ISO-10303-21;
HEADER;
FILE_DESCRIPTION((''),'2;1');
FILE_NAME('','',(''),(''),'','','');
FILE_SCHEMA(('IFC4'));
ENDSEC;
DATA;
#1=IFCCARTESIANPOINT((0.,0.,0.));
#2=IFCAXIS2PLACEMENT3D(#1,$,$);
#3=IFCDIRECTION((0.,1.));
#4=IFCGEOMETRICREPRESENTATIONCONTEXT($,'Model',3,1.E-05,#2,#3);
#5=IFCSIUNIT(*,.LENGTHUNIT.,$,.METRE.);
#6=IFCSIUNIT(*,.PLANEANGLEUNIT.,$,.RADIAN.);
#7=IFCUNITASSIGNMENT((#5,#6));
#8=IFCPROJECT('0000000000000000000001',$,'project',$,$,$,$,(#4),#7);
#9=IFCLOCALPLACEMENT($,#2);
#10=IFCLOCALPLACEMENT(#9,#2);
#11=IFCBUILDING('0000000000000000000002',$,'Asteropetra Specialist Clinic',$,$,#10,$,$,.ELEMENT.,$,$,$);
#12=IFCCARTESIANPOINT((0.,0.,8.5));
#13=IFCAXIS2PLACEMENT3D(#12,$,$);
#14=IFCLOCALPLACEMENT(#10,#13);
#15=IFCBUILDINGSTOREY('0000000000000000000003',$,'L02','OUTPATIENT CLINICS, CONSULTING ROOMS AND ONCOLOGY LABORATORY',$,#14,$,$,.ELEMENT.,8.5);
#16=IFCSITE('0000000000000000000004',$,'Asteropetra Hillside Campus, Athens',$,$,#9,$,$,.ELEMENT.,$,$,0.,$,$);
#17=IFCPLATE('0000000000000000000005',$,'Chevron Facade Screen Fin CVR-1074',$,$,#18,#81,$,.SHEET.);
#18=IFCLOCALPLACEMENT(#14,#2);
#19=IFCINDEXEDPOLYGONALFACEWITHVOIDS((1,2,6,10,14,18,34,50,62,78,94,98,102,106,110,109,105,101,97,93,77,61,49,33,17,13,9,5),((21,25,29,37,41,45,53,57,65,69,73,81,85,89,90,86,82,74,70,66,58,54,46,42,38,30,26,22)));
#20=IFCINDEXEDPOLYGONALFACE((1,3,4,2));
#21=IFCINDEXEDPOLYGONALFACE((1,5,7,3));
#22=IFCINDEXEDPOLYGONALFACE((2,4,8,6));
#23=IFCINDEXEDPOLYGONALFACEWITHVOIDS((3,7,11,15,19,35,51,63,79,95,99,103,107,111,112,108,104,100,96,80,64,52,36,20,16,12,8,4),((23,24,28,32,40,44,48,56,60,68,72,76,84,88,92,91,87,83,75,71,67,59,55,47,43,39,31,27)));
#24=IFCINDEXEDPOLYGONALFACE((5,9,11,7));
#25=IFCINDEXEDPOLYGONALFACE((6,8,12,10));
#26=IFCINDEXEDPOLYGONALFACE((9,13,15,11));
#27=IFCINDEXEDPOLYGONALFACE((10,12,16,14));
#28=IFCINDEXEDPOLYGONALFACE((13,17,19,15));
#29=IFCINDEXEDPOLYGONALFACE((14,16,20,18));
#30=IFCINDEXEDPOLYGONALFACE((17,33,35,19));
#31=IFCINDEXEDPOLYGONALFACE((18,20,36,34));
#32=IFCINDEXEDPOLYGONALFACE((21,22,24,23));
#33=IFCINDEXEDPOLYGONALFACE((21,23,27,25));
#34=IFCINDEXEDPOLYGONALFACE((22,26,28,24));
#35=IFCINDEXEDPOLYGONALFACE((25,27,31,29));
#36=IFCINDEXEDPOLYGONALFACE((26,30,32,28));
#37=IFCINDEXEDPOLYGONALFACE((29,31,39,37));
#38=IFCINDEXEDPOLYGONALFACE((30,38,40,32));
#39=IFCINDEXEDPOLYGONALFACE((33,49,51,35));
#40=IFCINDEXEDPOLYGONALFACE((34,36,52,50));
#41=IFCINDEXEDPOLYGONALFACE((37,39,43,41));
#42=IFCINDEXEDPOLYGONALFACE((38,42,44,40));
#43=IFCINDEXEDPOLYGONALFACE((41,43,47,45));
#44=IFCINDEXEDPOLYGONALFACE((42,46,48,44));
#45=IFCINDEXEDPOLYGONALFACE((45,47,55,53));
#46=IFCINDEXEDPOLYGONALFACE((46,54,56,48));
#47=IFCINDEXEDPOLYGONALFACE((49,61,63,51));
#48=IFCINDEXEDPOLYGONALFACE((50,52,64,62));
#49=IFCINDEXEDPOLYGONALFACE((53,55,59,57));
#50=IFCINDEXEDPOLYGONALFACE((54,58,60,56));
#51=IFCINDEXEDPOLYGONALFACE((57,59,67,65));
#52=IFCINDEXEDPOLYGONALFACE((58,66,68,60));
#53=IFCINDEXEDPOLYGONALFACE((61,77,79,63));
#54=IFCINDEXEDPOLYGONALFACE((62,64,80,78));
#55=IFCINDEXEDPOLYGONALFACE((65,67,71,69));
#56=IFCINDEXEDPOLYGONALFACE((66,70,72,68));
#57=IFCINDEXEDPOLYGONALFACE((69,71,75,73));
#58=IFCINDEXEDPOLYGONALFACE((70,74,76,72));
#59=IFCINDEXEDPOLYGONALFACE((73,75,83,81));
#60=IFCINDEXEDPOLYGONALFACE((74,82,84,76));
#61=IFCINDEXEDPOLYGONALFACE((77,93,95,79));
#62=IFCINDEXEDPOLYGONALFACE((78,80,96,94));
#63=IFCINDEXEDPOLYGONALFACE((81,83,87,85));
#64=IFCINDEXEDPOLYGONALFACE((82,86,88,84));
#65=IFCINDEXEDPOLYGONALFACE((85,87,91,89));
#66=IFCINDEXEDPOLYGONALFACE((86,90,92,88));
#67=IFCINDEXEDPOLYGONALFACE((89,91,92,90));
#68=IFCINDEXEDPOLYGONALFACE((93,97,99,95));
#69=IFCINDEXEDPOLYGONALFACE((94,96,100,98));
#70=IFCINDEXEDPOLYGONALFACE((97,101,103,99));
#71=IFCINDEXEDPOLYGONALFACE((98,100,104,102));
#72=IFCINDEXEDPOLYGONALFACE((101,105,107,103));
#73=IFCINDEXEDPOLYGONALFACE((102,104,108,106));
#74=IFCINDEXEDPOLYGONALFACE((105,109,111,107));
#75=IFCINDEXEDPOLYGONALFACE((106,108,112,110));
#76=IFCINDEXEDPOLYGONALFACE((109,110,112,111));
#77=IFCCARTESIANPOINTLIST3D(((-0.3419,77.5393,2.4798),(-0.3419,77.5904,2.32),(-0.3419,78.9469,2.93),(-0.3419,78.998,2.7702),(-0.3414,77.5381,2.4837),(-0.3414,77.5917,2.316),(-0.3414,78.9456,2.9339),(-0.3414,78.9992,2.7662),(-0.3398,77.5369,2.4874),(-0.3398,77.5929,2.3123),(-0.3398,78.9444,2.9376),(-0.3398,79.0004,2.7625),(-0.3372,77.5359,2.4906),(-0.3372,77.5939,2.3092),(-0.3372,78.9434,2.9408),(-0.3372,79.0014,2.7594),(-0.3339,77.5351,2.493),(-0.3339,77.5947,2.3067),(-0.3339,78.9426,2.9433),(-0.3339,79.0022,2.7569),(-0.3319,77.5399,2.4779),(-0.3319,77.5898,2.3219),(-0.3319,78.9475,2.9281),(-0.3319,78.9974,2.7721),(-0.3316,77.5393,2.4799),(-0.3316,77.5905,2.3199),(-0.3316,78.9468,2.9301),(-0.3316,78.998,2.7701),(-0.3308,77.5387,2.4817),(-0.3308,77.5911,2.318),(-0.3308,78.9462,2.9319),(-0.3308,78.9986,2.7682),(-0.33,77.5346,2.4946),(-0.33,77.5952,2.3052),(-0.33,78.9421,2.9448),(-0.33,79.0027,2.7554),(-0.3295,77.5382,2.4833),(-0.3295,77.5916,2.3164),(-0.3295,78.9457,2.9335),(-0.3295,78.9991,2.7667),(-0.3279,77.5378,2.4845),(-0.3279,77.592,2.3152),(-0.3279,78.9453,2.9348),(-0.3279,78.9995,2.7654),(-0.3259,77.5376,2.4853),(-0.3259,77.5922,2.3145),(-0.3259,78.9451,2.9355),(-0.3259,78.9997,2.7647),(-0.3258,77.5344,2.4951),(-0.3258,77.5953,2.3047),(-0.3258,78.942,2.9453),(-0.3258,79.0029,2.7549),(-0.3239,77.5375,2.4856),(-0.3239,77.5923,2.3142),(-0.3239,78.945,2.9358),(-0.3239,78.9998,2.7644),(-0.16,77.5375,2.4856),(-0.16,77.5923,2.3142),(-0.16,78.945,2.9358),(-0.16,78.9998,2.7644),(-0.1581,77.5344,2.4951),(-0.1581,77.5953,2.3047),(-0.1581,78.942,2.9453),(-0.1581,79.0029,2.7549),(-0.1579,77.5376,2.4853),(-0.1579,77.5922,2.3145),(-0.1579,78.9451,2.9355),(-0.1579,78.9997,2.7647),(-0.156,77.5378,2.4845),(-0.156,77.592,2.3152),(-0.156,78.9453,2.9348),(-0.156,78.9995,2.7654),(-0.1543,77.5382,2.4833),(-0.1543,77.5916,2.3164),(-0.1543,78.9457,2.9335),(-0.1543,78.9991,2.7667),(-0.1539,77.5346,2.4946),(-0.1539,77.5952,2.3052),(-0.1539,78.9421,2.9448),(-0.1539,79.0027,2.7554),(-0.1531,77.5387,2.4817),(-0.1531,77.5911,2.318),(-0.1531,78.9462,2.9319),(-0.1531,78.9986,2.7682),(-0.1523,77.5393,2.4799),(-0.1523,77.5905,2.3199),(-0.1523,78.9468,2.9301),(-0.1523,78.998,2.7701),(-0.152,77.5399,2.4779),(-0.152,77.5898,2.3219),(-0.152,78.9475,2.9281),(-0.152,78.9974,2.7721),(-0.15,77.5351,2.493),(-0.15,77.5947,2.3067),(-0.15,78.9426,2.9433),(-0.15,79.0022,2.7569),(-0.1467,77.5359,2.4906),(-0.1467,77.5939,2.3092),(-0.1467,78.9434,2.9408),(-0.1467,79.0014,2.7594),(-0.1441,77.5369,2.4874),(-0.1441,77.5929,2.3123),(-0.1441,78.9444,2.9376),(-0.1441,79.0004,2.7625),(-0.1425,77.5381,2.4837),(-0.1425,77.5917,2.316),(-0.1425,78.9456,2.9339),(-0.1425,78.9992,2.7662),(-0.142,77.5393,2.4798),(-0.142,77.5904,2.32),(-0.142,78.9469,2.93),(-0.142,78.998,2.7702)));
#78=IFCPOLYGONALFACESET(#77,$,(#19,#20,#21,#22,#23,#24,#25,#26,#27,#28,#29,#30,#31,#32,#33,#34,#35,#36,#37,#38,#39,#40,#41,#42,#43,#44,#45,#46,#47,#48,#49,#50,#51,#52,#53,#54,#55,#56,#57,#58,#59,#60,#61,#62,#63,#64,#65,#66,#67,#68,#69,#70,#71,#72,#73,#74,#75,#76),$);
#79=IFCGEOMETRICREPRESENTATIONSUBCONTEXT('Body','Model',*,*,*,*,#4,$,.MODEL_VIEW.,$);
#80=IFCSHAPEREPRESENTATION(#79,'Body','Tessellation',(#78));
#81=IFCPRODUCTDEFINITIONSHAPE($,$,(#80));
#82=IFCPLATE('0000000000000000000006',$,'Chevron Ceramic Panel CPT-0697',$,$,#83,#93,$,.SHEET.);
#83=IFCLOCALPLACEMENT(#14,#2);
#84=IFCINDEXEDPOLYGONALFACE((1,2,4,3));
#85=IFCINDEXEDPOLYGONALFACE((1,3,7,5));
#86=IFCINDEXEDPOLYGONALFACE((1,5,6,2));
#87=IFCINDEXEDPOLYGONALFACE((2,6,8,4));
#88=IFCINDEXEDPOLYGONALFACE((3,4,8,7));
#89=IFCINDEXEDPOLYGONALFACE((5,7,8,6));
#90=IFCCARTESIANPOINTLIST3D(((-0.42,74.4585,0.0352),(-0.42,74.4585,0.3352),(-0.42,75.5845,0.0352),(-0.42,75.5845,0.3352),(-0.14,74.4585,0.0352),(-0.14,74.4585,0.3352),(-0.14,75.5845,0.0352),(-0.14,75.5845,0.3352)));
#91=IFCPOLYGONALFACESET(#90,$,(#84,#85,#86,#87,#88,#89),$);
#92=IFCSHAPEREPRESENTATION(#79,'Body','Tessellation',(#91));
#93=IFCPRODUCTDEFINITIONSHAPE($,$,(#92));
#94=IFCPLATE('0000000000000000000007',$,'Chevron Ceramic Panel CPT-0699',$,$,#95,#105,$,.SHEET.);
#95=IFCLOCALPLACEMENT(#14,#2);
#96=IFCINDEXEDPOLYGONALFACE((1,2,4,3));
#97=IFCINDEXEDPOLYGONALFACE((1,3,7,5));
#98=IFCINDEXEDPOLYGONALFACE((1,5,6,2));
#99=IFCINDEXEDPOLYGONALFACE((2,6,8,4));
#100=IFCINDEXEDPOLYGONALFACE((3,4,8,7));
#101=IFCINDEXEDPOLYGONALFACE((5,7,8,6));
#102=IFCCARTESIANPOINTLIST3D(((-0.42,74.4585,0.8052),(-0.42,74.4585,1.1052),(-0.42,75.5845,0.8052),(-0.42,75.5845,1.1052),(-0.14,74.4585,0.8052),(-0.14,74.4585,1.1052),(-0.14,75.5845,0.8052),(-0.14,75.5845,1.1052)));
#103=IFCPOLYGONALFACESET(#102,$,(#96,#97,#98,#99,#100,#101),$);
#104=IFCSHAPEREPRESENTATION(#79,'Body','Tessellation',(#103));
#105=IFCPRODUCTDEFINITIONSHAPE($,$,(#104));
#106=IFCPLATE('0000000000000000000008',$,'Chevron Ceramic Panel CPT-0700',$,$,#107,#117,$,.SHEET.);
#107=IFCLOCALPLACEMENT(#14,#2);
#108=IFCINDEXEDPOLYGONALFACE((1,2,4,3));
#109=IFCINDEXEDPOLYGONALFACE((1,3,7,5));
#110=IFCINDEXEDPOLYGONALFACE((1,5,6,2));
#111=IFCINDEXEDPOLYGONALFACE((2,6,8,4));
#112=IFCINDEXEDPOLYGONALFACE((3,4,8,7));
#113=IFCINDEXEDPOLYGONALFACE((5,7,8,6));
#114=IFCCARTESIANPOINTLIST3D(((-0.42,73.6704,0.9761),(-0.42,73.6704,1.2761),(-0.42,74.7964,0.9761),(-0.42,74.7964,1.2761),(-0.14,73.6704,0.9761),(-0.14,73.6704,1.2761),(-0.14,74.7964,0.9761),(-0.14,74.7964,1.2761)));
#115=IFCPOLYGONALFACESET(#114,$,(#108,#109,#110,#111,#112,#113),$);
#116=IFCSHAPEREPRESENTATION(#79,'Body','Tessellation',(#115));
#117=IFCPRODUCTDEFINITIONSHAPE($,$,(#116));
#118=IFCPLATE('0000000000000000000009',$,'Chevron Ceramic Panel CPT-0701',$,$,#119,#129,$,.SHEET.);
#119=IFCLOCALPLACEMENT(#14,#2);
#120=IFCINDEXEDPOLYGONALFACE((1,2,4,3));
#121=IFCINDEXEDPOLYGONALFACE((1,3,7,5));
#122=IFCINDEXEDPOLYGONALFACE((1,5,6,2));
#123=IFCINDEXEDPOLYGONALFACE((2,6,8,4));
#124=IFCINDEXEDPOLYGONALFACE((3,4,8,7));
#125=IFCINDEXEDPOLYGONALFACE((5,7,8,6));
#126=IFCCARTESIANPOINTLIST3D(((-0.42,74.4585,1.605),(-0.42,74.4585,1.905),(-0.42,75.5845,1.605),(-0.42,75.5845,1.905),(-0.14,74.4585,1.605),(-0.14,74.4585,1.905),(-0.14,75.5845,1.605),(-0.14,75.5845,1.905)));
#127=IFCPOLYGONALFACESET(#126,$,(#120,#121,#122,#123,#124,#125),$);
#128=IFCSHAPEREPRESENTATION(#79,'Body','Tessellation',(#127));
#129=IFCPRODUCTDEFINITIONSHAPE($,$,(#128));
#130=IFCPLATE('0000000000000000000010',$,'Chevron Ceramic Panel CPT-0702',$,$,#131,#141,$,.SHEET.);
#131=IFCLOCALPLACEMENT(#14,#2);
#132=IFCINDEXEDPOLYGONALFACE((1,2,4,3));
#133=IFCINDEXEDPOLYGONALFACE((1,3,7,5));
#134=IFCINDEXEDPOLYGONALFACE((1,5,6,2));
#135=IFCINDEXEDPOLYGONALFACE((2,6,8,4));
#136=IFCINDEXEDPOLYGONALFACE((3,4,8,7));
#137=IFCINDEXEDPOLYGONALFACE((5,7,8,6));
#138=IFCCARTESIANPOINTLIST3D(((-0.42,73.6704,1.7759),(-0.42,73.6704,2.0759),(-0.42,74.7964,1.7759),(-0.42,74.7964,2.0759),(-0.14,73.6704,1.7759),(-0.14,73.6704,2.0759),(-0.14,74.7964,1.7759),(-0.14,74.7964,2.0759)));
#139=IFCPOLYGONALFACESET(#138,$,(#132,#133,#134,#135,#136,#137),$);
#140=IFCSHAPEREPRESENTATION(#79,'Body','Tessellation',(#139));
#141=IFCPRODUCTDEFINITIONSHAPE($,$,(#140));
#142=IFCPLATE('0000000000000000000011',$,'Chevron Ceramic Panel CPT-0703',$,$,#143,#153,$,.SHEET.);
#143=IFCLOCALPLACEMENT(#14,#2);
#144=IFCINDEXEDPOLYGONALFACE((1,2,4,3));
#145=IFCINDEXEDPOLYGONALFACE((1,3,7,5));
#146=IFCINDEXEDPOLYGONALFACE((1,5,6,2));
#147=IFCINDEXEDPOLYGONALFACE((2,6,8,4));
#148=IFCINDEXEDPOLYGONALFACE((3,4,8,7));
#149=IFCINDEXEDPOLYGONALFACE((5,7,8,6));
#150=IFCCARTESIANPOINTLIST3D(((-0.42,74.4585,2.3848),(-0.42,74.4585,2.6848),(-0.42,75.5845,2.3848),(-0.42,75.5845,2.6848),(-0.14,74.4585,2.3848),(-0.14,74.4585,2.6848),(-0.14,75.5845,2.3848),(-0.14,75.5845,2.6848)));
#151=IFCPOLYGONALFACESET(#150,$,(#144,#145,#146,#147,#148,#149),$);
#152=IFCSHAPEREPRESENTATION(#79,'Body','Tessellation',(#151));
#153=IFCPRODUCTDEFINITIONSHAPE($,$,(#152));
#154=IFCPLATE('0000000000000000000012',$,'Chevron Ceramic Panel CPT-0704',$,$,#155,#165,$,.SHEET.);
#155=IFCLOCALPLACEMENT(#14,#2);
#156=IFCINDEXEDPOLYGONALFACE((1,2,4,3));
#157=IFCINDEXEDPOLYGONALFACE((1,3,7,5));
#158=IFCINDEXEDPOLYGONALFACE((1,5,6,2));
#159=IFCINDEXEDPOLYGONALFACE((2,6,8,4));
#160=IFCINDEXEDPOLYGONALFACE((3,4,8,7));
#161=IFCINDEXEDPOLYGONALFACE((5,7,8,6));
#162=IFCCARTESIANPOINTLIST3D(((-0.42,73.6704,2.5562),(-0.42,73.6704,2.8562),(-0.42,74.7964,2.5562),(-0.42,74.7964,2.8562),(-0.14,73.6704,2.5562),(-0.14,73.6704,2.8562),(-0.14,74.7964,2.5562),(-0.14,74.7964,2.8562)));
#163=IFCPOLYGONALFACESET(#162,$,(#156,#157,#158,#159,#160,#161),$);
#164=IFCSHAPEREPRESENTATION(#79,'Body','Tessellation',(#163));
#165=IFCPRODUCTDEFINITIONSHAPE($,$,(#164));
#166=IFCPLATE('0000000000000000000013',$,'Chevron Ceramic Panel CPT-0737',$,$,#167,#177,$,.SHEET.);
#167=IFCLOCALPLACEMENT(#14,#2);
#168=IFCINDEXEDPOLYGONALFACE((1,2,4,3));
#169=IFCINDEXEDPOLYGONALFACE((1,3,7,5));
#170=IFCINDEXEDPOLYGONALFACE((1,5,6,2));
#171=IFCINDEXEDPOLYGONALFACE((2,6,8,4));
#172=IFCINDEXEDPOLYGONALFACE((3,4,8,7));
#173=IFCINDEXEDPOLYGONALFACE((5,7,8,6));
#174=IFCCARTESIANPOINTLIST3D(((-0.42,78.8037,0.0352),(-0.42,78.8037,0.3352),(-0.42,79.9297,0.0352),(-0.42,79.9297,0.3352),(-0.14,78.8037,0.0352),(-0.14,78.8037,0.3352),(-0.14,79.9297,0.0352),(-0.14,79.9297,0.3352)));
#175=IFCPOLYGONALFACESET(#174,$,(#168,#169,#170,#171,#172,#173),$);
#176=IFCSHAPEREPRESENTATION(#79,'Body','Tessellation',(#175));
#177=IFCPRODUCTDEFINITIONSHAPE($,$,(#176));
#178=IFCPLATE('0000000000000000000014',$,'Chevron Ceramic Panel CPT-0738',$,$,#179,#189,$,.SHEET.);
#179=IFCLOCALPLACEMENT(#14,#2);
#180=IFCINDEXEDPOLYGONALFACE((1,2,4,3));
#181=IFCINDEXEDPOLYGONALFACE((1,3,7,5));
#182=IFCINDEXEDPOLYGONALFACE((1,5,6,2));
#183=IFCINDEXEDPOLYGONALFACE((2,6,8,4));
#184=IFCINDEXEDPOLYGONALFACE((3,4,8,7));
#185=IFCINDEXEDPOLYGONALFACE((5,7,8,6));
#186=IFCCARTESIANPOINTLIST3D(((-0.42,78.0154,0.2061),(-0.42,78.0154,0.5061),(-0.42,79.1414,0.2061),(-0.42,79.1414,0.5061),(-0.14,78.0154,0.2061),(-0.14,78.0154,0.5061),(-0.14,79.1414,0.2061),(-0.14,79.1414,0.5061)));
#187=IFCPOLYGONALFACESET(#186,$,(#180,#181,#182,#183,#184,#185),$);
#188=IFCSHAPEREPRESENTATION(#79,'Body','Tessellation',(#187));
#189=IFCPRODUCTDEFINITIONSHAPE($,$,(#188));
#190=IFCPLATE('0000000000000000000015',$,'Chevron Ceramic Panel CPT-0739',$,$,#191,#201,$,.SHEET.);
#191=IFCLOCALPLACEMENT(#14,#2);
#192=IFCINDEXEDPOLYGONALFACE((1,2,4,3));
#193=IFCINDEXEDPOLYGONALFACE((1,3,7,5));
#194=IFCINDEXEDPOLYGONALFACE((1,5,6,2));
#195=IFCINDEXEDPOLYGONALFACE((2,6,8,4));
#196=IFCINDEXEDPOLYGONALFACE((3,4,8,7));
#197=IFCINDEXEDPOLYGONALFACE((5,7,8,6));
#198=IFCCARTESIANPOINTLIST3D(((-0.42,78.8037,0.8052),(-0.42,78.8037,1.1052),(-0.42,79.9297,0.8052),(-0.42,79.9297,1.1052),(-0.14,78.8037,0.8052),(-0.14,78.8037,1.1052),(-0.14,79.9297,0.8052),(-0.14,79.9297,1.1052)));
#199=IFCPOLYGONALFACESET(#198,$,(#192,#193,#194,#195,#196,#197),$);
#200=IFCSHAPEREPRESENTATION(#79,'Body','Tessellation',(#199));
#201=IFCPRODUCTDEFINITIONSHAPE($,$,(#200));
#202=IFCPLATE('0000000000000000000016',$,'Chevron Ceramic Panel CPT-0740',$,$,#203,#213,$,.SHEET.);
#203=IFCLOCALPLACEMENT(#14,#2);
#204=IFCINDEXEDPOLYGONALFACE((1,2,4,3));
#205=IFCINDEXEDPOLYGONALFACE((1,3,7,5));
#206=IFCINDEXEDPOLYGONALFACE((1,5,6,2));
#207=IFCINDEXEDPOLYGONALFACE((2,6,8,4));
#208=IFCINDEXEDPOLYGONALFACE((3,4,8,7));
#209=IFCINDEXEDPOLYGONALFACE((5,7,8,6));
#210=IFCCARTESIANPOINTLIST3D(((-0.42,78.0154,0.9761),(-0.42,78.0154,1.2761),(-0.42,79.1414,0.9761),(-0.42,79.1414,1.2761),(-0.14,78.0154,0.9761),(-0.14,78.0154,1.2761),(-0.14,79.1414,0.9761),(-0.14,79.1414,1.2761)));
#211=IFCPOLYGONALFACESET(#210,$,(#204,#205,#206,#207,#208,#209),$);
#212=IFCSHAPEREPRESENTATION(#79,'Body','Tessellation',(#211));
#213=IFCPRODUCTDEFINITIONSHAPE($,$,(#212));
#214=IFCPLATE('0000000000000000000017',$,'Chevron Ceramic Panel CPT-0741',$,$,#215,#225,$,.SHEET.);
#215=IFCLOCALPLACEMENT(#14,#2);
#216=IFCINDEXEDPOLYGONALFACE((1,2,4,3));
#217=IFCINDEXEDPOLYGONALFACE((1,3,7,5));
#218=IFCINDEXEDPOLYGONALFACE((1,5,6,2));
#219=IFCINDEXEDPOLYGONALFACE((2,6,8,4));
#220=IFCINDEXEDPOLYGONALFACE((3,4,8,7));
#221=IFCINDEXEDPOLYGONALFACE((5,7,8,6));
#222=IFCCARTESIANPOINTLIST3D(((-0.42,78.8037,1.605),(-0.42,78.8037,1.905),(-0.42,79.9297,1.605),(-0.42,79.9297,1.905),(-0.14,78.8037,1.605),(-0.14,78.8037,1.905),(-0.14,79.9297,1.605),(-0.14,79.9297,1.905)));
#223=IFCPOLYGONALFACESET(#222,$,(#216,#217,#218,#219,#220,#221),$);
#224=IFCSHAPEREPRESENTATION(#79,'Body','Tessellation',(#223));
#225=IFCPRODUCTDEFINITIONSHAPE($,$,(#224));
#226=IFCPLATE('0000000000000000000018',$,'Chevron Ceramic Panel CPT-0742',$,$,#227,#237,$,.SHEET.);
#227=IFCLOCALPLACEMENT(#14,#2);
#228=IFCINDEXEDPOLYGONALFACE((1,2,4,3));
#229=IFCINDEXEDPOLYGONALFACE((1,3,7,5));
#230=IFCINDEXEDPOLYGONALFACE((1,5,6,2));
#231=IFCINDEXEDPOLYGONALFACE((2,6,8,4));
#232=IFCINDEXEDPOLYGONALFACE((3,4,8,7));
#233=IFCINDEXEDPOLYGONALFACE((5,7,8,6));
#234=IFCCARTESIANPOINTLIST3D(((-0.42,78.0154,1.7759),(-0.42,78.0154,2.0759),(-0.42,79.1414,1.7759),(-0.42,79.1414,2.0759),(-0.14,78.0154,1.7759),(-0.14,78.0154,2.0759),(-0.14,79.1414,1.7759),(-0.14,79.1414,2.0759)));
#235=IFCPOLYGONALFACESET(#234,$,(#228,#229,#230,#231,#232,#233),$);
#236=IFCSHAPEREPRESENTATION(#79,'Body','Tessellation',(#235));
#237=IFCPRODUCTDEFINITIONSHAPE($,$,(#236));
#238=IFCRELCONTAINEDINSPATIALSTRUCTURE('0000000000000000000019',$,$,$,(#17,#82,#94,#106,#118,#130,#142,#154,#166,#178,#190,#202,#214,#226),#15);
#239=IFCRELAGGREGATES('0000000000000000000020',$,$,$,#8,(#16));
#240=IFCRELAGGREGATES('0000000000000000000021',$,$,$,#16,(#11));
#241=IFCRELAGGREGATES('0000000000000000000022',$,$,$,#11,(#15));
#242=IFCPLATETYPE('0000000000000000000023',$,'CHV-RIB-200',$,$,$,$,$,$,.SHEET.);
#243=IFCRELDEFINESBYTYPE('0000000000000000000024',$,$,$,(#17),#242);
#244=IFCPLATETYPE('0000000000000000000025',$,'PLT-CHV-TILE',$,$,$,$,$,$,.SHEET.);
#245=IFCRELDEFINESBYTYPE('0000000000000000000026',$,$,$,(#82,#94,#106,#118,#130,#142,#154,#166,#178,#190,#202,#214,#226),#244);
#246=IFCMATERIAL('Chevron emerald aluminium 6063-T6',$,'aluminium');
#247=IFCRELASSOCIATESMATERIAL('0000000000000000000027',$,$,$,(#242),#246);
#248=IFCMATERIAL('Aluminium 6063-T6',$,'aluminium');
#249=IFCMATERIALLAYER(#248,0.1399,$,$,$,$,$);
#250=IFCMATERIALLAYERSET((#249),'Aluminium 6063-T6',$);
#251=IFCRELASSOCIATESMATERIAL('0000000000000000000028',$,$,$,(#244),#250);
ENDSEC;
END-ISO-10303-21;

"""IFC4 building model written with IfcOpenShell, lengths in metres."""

from ifc_helpers import new_model, si_unit, direction, frame, origin, origin_2d, place, context, subcontext, project, spatial, rectangle, hollow_rectangle, extrude, material, layer, layer_set, material_profile, profile_set, type_object, element, save


model = new_model("IFC4")

# Units and contexts
model_context = context("Model", 3, precision=1e-05, world=origin(), true_north=direction((0.0, 1.0)))
body_context = subcontext(model_context, "Body", "Model", "MODEL_VIEW")
ifc_project = project(units=[si_unit("LENGTHUNIT", "METRE"), si_unit("PLANEANGLEUNIT", "RADIAN")], contexts=[model_context])

# Site, building, storey
site_placement = place(None, origin())
site = spatial("IfcSite", under=ifc_project, at=site_placement, Name="Asteropetra Hillside Campus, Athens", CompositionType="ELEMENT", RefElevation=0.0)
building_placement = place(site_placement, origin())
building = spatial("IfcBuilding", under=site, at=building_placement, Name="Asteropetra Specialist Clinic", CompositionType="ELEMENT")
storey_placement = place(building_placement, frame((0.0, 0.0, 8.5)))
storey = spatial("IfcBuildingStorey", under=building, at=storey_placement, Name="L02", Description="OUTPATIENT CLINICS, CONSULTING ROOMS AND ONCOLOGY LABORATORY", CompositionType="ELEMENT", Elevation=8.5)

# Plates
ifc_material_1 = material(Name="Chevron emerald aluminium 6063-T6", Category="aluminium")
ifc_material_profile_1 = material_profile(ifc_material_1, hollow_rectangle(XDim=0.2, YDim=0.2, WallThickness=0.01, InnerFilletRadius=0.0081, OuterFilletRadius=0.0161, at=origin_2d()), Name="SHS 200x200x10.0")
ifc_profile_set_1 = profile_set([ifc_material_profile_1], Name="Chevron emerald aluminium 6063-T6")
plate_type_1 = type_object("IfcPlateType", Name="CHV-RIB-200", PredefinedType="SHEET", material=ifc_profile_set_1)
plate_placement = place(storey_placement, frame((-0.2419, 78.9724, 2.8501), z_axis=(0.0, -0.952463, -0.304656), x_axis=(1.0, 0.0, 0.0)))
element("IfcPlate", 1, at=plate_placement, inside=storey, type_object=plate_type_1, Name="Chevron Facade Screen Fin CVR-1074", PredefinedType="SHEET", context=body_context, shape_type="SweptSolid", body=[
    extrude(hollow_rectangle(XDim=0.2, YDim=0.2, WallThickness=0.01, InnerFilletRadius=0.0081, OuterFilletRadius=0.0161, at=origin_2d()), origin(), (0.0, 0.0, 1.0), 1.4778),
])
ifc_material_2 = material(Name="Aluminium 6063-T6", Category="aluminium")
ifc_layer_1 = layer(ifc_material_2, 0.1399)
ifc_layer_set_1 = layer_set([ifc_layer_1], Name="Aluminium 6063-T6")
plate_type_2 = type_object("IfcPlateType", Name="PLT-CHV-TILE", PredefinedType="SHEET", material=ifc_layer_set_1)
for number, where, z_axis, x_axis, name in (
    (2, (-0.28, 75.0215, 0.0352), (0.0, 0.0, 1.0), (1.0, 0.0, 0.0), "Chevron Ceramic Panel CPT-0697"),
    (3, (-0.28, 75.0215, 0.8052), (0.0, 0.0, 1.0), (1.0, 0.0, 0.0), "Chevron Ceramic Panel CPT-0699"),
    (4, (-0.28, 74.2334, 0.9761), (0.0, 0.0, 1.0), (1.0, 0.0, 0.0), "Chevron Ceramic Panel CPT-0700"),
    (5, (-0.28, 75.0215, 1.605), (0.0, 0.0, 1.0), (1.0, 0.0, 0.0), "Chevron Ceramic Panel CPT-0701"),
    (6, (-0.28, 74.2334, 1.7759), (0.0, 0.0, 1.0), (1.0, 0.0, 0.0), "Chevron Ceramic Panel CPT-0702"),
    (7, (-0.28, 75.0215, 2.3848), (0.0, 0.0, 1.0), (1.0, 0.0, 0.0), "Chevron Ceramic Panel CPT-0703"),
    (8, (-0.28, 74.2334, 2.5562), (0.0, 0.0, 1.0), (1.0, 0.0, 0.0), "Chevron Ceramic Panel CPT-0704"),
    (9, (-0.28, 79.3667, 0.0352), (0.0, 0.0, 1.0), (1.0, 0.0, 0.0), "Chevron Ceramic Panel CPT-0737"),
    (10, (-0.28, 78.5784, 0.2061), (0.0, 0.0, 1.0), (1.0, 0.0, 0.0), "Chevron Ceramic Panel CPT-0738"),
    (11, (-0.28, 79.3667, 0.8052), (0.0, 0.0, 1.0), (1.0, 0.0, 0.0), "Chevron Ceramic Panel CPT-0739"),
    (12, (-0.28, 78.5784, 0.9761), (0.0, 0.0, 1.0), (1.0, 0.0, 0.0), "Chevron Ceramic Panel CPT-0740"),
    (13, (-0.28, 79.3667, 1.605), (0.0, 0.0, 1.0), (1.0, 0.0, 0.0), "Chevron Ceramic Panel CPT-0741"),
    (14, (-0.28, 78.5784, 1.7759), (0.0, 0.0, 1.0), (1.0, 0.0, 0.0), "Chevron Ceramic Panel CPT-0742"),
):
    element("IfcPlate", number, at=place(storey_placement, frame(where, z_axis=z_axis, x_axis=x_axis)), inside=storey, type_object=plate_type_2, Name=name, PredefinedType="SHEET", context=body_context, shape_type="SweptSolid", body=[
        extrude(rectangle(XDim=0.28, YDim=1.126, at=origin_2d()), origin(), (0.0, 0.0, 1.0), 0.3),
    ])

save(model, "model.ifc")
